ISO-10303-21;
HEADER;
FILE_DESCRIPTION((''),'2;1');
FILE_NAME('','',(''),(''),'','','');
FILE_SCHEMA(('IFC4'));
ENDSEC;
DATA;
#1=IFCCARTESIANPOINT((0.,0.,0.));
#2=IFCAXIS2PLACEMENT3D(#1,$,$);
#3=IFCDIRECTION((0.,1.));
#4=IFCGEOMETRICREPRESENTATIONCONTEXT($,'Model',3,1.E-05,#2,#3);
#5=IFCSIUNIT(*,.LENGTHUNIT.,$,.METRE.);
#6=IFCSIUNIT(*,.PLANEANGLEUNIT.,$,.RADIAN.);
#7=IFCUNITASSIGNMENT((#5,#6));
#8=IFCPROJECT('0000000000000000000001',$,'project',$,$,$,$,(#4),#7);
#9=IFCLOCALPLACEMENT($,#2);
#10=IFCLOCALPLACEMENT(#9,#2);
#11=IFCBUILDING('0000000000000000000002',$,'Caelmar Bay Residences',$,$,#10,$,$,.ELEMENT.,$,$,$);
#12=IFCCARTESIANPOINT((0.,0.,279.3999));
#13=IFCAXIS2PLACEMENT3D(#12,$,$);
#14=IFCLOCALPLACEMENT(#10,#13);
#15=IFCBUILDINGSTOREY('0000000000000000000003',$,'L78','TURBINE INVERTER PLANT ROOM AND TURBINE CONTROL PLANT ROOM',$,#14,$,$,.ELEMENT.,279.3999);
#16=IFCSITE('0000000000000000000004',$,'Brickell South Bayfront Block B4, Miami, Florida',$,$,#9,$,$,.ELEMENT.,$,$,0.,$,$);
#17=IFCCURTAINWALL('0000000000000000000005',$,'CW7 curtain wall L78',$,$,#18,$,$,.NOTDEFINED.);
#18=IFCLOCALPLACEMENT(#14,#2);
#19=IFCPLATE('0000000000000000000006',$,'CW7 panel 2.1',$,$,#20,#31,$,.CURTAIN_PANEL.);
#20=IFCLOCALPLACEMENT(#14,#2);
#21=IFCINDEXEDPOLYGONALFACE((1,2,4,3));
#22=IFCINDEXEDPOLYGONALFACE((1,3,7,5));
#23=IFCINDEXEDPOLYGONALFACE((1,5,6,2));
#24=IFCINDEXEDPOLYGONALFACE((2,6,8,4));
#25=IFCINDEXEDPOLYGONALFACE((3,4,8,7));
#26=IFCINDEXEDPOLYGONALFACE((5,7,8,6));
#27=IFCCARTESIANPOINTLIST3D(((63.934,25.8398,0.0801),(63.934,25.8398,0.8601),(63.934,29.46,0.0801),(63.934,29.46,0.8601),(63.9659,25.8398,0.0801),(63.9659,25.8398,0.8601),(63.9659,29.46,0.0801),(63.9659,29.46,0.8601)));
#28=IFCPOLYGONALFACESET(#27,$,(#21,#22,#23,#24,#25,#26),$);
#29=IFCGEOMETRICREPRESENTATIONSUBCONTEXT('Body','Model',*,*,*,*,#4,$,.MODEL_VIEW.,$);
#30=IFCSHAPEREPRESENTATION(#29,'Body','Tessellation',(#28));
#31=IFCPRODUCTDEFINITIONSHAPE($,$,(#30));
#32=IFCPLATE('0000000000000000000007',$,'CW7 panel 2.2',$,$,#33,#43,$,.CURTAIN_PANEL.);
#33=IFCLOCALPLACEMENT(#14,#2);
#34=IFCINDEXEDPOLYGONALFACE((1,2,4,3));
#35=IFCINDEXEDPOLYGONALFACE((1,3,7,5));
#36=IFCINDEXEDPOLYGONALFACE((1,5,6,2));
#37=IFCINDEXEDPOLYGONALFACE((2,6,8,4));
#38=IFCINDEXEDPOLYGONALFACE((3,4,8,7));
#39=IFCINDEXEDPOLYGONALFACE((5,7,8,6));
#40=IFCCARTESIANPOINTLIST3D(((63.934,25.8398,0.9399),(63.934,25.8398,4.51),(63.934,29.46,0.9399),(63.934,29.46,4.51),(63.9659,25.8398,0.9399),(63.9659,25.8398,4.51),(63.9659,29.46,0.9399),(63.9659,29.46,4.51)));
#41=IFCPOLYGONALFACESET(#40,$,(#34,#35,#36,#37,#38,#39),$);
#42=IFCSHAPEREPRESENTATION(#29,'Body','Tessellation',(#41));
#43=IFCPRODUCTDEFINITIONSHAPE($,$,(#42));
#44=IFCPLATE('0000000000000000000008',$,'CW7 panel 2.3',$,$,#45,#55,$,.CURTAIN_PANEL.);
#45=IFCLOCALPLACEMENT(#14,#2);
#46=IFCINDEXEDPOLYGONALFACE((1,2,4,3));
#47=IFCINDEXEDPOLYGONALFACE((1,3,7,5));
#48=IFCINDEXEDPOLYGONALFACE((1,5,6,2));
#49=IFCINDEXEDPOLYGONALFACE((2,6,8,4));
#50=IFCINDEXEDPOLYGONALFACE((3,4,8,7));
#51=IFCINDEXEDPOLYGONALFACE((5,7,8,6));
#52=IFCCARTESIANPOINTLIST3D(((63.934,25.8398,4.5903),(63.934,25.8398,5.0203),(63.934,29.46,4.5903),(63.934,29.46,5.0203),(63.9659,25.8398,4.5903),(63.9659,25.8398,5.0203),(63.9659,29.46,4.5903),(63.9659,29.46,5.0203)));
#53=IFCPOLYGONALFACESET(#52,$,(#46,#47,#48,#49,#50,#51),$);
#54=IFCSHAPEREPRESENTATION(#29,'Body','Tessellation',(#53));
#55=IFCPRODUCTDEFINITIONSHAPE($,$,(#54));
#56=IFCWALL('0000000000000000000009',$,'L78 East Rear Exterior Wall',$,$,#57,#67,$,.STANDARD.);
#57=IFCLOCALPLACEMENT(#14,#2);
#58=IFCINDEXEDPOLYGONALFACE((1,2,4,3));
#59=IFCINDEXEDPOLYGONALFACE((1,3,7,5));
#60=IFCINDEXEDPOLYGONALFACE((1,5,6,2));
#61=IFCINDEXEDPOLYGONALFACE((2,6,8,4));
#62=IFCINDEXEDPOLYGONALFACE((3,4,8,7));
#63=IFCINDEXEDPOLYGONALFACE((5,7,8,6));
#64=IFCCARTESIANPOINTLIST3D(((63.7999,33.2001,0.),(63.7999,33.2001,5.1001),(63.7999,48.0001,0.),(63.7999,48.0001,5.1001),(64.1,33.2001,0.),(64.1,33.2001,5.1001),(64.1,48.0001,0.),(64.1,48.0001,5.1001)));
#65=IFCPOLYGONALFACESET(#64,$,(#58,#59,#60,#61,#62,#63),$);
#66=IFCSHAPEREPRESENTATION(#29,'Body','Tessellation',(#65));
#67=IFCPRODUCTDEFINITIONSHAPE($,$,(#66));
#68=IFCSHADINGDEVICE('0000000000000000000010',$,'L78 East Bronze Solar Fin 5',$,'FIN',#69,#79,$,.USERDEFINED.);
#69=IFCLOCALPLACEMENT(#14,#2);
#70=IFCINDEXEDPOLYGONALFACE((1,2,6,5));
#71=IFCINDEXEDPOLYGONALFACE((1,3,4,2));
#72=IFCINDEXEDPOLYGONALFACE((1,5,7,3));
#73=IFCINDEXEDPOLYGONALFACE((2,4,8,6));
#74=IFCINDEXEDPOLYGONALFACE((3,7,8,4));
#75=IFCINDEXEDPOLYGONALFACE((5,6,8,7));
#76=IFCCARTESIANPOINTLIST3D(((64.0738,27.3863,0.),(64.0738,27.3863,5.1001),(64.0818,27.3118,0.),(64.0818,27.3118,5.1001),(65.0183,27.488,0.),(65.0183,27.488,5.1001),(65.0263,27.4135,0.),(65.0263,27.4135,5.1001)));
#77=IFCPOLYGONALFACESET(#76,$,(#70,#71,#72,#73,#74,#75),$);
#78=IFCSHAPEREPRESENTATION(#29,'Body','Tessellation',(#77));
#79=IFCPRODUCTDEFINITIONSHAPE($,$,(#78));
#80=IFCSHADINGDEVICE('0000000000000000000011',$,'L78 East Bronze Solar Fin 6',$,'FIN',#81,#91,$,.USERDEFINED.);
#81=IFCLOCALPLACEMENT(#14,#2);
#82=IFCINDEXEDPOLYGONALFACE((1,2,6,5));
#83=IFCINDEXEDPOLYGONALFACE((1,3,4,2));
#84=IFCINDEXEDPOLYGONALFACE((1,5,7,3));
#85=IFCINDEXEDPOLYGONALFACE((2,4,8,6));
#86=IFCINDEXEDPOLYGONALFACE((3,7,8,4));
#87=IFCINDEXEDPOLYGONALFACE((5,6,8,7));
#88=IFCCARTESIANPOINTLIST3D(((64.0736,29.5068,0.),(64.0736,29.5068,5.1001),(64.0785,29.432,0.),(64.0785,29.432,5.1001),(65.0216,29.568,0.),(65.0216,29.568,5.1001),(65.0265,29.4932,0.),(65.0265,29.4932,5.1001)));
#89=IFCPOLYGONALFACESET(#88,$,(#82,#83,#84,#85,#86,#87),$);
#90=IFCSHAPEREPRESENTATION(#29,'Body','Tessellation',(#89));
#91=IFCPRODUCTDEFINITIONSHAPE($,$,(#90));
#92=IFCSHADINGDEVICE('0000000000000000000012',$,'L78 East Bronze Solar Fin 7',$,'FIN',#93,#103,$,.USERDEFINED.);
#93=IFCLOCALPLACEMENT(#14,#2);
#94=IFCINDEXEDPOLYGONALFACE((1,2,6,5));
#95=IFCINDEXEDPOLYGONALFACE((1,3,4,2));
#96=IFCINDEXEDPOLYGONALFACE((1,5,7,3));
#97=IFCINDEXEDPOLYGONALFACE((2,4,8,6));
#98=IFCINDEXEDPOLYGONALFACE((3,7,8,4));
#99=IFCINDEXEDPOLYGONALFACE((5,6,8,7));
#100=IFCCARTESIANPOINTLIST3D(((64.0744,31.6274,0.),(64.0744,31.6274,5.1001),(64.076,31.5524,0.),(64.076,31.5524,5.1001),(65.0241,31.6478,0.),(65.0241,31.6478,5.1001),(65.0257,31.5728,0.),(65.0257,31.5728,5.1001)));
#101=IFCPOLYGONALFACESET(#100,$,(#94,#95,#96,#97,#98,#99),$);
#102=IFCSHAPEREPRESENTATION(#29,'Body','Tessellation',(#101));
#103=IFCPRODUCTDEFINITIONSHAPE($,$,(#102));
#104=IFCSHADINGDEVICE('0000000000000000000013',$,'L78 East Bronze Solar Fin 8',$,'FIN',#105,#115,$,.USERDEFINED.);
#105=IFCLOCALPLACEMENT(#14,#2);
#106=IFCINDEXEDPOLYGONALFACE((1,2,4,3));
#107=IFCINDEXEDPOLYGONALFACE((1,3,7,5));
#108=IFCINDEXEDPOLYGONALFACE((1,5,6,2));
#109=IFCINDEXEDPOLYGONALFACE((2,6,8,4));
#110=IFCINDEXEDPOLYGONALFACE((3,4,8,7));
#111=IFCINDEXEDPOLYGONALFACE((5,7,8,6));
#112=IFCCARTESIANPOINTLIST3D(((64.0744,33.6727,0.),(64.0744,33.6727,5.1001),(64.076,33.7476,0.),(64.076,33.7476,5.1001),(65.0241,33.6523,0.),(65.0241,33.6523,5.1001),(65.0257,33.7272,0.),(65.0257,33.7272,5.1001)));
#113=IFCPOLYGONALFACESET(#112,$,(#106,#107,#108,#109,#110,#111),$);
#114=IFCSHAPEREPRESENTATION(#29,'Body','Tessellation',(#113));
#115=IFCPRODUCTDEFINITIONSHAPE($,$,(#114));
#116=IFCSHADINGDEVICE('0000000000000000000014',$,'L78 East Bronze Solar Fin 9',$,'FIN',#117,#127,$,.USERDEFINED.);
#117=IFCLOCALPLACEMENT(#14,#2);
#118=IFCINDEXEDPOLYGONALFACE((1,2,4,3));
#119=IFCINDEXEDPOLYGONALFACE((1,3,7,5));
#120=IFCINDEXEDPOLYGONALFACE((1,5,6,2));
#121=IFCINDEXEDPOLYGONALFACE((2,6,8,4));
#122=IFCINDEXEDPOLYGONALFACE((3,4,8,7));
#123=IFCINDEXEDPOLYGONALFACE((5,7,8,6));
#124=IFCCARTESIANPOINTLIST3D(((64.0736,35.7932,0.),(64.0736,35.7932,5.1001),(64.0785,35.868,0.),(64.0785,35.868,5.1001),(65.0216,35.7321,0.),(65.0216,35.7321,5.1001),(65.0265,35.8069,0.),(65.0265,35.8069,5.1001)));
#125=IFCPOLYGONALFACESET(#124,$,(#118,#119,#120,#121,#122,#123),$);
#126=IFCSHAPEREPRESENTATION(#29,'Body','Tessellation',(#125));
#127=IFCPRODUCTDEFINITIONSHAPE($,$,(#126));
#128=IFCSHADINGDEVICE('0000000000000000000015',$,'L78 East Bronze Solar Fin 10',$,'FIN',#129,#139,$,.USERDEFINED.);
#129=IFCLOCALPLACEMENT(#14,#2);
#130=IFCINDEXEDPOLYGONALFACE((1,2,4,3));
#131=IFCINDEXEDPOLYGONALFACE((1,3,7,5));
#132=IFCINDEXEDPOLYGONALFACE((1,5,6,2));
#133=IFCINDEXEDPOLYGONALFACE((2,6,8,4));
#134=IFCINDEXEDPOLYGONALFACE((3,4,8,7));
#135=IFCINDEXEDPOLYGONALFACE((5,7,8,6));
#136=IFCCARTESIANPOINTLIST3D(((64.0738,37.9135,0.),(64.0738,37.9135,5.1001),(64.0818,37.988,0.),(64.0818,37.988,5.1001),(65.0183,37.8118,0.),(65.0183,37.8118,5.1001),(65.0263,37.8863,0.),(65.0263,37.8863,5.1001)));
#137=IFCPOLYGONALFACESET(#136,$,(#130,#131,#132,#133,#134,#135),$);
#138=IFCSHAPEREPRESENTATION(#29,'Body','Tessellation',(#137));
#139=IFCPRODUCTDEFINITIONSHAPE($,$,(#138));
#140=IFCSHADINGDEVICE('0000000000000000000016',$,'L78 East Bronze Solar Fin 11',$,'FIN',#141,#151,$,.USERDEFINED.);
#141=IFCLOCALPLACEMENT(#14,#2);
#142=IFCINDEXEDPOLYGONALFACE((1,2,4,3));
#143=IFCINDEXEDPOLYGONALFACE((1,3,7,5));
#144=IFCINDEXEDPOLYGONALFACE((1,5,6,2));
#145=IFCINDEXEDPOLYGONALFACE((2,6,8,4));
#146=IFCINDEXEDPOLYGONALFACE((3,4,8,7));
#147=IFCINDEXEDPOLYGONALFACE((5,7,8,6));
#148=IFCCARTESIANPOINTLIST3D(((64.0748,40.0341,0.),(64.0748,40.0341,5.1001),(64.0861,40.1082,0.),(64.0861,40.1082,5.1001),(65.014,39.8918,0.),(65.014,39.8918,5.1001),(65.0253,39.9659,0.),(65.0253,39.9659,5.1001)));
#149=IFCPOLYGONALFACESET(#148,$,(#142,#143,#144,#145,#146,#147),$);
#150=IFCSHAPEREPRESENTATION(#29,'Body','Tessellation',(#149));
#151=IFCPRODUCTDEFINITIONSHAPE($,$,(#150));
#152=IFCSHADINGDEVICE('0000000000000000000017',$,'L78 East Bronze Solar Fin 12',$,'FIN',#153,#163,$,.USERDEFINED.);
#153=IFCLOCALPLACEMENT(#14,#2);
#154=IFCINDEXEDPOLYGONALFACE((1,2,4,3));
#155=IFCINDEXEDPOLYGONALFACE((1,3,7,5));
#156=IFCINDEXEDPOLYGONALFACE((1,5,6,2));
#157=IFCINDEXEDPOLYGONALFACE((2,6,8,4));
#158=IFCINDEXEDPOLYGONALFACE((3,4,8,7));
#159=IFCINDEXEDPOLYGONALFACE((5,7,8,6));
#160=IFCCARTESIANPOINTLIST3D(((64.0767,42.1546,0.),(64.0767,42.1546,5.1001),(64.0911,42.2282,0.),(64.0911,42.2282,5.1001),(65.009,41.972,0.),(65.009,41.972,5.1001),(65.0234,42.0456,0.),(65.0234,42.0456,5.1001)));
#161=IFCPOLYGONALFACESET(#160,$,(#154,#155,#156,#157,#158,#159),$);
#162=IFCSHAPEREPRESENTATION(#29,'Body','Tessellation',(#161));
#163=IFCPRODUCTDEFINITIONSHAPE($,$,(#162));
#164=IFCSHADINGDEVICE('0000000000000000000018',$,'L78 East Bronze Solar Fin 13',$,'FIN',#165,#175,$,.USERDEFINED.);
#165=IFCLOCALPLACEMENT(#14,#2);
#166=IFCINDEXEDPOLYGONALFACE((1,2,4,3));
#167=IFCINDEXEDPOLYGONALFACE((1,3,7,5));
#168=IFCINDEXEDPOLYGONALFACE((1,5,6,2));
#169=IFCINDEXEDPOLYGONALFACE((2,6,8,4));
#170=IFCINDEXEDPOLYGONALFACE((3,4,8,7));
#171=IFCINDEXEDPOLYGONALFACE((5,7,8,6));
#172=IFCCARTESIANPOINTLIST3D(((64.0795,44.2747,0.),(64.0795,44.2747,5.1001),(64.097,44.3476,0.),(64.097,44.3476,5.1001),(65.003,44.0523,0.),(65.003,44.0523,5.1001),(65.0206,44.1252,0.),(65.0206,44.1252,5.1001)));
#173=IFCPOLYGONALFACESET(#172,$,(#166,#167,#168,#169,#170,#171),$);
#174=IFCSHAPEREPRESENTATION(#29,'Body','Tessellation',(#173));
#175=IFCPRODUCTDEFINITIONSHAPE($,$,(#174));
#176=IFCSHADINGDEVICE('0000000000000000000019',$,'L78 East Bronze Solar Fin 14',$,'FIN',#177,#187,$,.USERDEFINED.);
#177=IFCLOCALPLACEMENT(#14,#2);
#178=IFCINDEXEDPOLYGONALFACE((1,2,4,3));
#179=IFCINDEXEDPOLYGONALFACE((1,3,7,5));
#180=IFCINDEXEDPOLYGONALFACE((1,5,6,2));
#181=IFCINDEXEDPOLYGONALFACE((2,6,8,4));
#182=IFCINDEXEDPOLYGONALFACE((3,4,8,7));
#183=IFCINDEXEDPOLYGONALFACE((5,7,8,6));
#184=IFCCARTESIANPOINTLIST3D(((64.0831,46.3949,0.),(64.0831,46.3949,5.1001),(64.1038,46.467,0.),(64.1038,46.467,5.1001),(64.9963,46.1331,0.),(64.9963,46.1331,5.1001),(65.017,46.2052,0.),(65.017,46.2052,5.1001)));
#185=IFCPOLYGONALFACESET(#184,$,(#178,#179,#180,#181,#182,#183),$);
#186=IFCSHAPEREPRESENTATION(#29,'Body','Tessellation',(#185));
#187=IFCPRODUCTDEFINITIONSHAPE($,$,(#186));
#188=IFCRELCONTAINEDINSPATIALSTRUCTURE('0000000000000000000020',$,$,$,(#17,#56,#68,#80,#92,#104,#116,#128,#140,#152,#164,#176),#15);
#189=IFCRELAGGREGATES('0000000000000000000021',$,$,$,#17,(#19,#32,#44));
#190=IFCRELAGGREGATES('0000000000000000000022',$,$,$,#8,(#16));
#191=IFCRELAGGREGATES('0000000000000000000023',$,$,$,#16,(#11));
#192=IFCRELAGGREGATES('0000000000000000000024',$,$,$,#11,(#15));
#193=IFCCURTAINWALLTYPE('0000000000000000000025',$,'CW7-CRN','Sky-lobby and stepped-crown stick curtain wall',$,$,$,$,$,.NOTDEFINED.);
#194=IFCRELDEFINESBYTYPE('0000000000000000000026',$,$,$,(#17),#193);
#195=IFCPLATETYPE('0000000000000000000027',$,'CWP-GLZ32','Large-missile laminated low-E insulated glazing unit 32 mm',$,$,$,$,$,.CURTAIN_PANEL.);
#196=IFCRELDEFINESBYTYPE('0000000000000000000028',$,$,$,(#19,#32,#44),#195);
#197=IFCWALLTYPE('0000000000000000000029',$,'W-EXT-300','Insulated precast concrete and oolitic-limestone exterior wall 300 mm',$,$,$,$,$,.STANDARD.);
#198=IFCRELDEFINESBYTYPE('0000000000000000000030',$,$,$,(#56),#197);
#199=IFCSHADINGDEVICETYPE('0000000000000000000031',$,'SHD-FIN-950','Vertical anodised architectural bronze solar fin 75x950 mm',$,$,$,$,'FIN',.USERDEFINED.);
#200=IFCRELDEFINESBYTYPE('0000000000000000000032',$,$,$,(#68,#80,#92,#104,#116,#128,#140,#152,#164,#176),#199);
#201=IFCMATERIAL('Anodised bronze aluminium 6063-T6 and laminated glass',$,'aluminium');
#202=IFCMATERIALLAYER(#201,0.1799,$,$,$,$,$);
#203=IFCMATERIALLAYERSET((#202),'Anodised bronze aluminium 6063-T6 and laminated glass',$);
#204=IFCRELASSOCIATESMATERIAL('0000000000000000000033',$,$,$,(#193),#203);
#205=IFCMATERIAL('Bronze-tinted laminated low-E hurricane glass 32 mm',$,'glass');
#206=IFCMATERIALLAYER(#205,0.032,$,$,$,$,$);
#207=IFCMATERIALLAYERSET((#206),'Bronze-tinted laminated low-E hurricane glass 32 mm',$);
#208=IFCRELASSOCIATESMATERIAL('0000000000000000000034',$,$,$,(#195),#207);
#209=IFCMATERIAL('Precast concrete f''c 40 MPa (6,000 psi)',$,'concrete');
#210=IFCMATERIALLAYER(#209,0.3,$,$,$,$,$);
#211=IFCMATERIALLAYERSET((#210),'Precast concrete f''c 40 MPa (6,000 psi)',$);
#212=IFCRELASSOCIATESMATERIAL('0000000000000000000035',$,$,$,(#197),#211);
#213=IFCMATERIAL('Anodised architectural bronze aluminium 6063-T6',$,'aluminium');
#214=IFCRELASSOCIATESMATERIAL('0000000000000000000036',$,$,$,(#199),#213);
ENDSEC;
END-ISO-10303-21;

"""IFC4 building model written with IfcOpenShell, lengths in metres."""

from ifc_helpers import new_model, si_unit, direction, frame, frame_2d, origin, origin_2d, place, context, subcontext, project, spatial, rectangle, extrude, material, layer, layer_set, material_profile, profile_set, type_object, element, aggregate, save


model = new_model("IFC4")

# Units and contexts
model_context = context("Model", 3, precision=1e-05, world=origin(), true_north=direction((0.0, 1.0)))
body_context = subcontext(model_context, "Body", "Model", "MODEL_VIEW")
ifc_project = project(units=[si_unit("LENGTHUNIT", "METRE"), si_unit("PLANEANGLEUNIT", "RADIAN")], contexts=[model_context])

# Site, building, storey
site_placement = place(None, origin())
site = spatial("IfcSite", under=ifc_project, at=site_placement, Name="Brickell South Bayfront Block B4, Miami, Florida", CompositionType="ELEMENT", RefElevation=0.0)
building_placement = place(site_placement, origin())
building = spatial("IfcBuilding", under=site, at=building_placement, Name="Caelmar Bay Residences", CompositionType="ELEMENT")
storey_placement = place(building_placement, frame((0.0, 0.0, 279.3999)))
storey = spatial("IfcBuildingStorey", under=building, at=storey_placement, Name="L78", Description="TURBINE INVERTER PLANT ROOM AND TURBINE CONTROL PLANT ROOM", CompositionType="ELEMENT", Elevation=279.3999)

# Curtain wall, plates
ifc_material_1 = material(Name="Anodised bronze aluminium 6063-T6 and laminated glass", Category="aluminium")
ifc_layer_1 = layer(ifc_material_1, 0.1799)
ifc_layer_set_1 = layer_set([ifc_layer_1], Name="Anodised bronze aluminium 6063-T6 and laminated glass")
curtain_wall_type = type_object("IfcCurtainWallType", Name="CW7-CRN", Description="Sky-lobby and stepped-crown stick curtain wall", PredefinedType="NOTDEFINED", material=ifc_layer_set_1)
curtain_wall_placement = place(storey_placement, origin())
curtain_wall = element("IfcCurtainWall", 1, at=curtain_wall_placement, inside=storey, type_object=curtain_wall_type, Name="CW7 curtain wall L78", PredefinedType="NOTDEFINED")
ifc_material_2 = material(Name="Bronze-tinted laminated low-E hurricane glass 32 mm", Category="glass")
ifc_layer_2 = layer(ifc_material_2, 0.032)
ifc_layer_set_2 = layer_set([ifc_layer_2], Name="Bronze-tinted laminated low-E hurricane glass 32 mm")
plate_type = type_object("IfcPlateType", Name="CWP-GLZ32", Description="Large-missile laminated low-E insulated glazing unit 32 mm", PredefinedType="CURTAIN_PANEL", material=ifc_layer_set_2)
plate_1_placement = place(storey_placement, frame((63.95, 27.6499, 0.0801), z_axis=(0.0, 0.0, 1.0), x_axis=(0.0, -1.0, 0.0)))
plate_1 = element("IfcPlate", 2, at=plate_1_placement, type_object=plate_type, Name="CW7 panel 2.1", PredefinedType="CURTAIN_PANEL", context=body_context, shape_type="SweptSolid", body=[
    extrude(rectangle(XDim=3.6201, YDim=0.032, at=origin_2d()), origin(), (0.0, 0.0, 1.0), 0.78),
])
plate_2_placement = place(storey_placement, frame((63.95, 27.6499, 0.9399), z_axis=(0.0, 0.0, 1.0), x_axis=(0.0, -1.0, 0.0)))
plate_2 = element("IfcPlate", 3, at=plate_2_placement, type_object=plate_type, Name="CW7 panel 2.2", PredefinedType="CURTAIN_PANEL", context=body_context, shape_type="SweptSolid", body=[
    extrude(rectangle(XDim=3.6201, YDim=0.032, at=origin_2d()), origin(), (0.0, 0.0, 1.0), 3.5701),
])
plate_3_placement = place(storey_placement, frame((63.95, 27.6499, 4.5903), z_axis=(0.0, 0.0, 1.0), x_axis=(0.0, -1.0, 0.0)))
plate_3 = element("IfcPlate", 4, at=plate_3_placement, type_object=plate_type, Name="CW7 panel 2.3", PredefinedType="CURTAIN_PANEL", context=body_context, shape_type="SweptSolid", body=[
    extrude(rectangle(XDim=3.6201, YDim=0.032, at=origin_2d()), origin(), (0.0, 0.0, 1.0), 0.4299),
])
aggregate(curtain_wall, [plate_1, plate_2, plate_3])

# Wall
ifc_material_3 = material(Name="Precast concrete f'c 40 MPa (6,000 psi)", Category="concrete")
ifc_layer_3 = layer(ifc_material_3, 0.3)
ifc_layer_set_3 = layer_set([ifc_layer_3], Name="Precast concrete f'c 40 MPa (6,000 psi)")
wall_type = type_object("IfcWallType", Name="W-EXT-300", Description="Insulated precast concrete and oolitic-limestone exterior wall 300 mm", PredefinedType="STANDARD", material=ifc_layer_set_3)
wall_placement = place(storey_placement, frame((63.95, 48.0, 0.0), z_axis=(0.0, 0.0, 1.0), x_axis=(0.0, -1.0, 0.0)))
element("IfcWall", 5, at=wall_placement, inside=storey, type_object=wall_type, Name="L78 East Rear Exterior Wall", PredefinedType="STANDARD", context=body_context, shape_type="SweptSolid", body=[
    extrude(rectangle(XDim=14.8, YDim=0.3, at=frame_2d((7.3999, 0.0))), origin(), (0.0, 0.0, 1.0), 5.1001),
])

# Shading devices
ifc_material_4 = material(Name="Anodised architectural bronze aluminium 6063-T6", Category="aluminium")
ifc_material_profile_1 = material_profile(ifc_material_4, rectangle(XDim=0.075, YDim=0.95, at=origin_2d()), Name="BRONZE-FIN-75X950")
ifc_profile_set_1 = profile_set([ifc_material_profile_1], Name="Anodised architectural bronze aluminium 6063-T6")
shading_device_type = type_object("IfcShadingDeviceType", Name="SHD-FIN-950", Description="Vertical anodised architectural bronze solar fin 75x950 mm", ElementType="FIN", PredefinedType="USERDEFINED", material=ifc_profile_set_1)
for number, where, z_axis, x_axis, name in (
    (6, (64.55, 27.3999, 0.0), (0.0, 0.0, 1.0), (-0.107132, 0.994245, 0.0), "L78 East Bronze Solar Fin 5"),
    (7, (64.55, 29.5, 0.0), (0.0, 0.0, 1.0), (-0.064358, 0.997927, 0.0), "L78 East Bronze Solar Fin 6"),
    (8, (64.55, 31.6001, 0.0), (0.0, 0.0, 1.0), (-0.021466, 0.99977, 0.0), "L78 East Bronze Solar Fin 7"),
    (9, (64.55, 33.7, 0.0), (0.0, 0.0, 1.0), (0.021466, 0.99977, 0.0), "L78 East Bronze Solar Fin 8"),
    (10, (64.55, 35.8, 0.0), (0.0, 0.0, 1.0), (0.064358, 0.997927, 0.0), "L78 East Bronze Solar Fin 9"),
    (11, (64.55, 37.8999, 0.0), (0.0, 0.0, 1.0), (0.107132, 0.994245, 0.0), "L78 East Bronze Solar Fin 10"),
    (12, (64.55, 40.0, 0.0), (0.0, 0.0, 1.0), (0.14988, 0.988704, 0.0), "L78 East Bronze Solar Fin 11"),
    (13, (64.55, 42.1001, 0.0), (0.0, 0.0, 1.0), (0.192179, 0.98136, 0.0), "L78 East Bronze Solar Fin 12"),
    (14, (64.55, 44.2, 0.0), (0.0, 0.0, 1.0), (0.234124, 0.972207, 0.0), "L78 East Bronze Solar Fin 13"),
    (15, (64.55, 46.3, 0.0), (0.0, 0.0, 1.0), (0.275637, 0.961262, 0.0), "L78 East Bronze Solar Fin 14"),
):
    element("IfcShadingDevice", number, at=place(storey_placement, frame(where, z_axis=z_axis, x_axis=x_axis)), inside=storey, type_object=shading_device_type, Name=name, ObjectType="FIN", PredefinedType="USERDEFINED", context=body_context, shape_type="SweptSolid", body=[
        extrude(rectangle(XDim=0.075, YDim=0.95, at=origin_2d()), origin(), (0.0, 0.0, 1.0), 5.1001),
    ])

save(model, "model.ifc")
